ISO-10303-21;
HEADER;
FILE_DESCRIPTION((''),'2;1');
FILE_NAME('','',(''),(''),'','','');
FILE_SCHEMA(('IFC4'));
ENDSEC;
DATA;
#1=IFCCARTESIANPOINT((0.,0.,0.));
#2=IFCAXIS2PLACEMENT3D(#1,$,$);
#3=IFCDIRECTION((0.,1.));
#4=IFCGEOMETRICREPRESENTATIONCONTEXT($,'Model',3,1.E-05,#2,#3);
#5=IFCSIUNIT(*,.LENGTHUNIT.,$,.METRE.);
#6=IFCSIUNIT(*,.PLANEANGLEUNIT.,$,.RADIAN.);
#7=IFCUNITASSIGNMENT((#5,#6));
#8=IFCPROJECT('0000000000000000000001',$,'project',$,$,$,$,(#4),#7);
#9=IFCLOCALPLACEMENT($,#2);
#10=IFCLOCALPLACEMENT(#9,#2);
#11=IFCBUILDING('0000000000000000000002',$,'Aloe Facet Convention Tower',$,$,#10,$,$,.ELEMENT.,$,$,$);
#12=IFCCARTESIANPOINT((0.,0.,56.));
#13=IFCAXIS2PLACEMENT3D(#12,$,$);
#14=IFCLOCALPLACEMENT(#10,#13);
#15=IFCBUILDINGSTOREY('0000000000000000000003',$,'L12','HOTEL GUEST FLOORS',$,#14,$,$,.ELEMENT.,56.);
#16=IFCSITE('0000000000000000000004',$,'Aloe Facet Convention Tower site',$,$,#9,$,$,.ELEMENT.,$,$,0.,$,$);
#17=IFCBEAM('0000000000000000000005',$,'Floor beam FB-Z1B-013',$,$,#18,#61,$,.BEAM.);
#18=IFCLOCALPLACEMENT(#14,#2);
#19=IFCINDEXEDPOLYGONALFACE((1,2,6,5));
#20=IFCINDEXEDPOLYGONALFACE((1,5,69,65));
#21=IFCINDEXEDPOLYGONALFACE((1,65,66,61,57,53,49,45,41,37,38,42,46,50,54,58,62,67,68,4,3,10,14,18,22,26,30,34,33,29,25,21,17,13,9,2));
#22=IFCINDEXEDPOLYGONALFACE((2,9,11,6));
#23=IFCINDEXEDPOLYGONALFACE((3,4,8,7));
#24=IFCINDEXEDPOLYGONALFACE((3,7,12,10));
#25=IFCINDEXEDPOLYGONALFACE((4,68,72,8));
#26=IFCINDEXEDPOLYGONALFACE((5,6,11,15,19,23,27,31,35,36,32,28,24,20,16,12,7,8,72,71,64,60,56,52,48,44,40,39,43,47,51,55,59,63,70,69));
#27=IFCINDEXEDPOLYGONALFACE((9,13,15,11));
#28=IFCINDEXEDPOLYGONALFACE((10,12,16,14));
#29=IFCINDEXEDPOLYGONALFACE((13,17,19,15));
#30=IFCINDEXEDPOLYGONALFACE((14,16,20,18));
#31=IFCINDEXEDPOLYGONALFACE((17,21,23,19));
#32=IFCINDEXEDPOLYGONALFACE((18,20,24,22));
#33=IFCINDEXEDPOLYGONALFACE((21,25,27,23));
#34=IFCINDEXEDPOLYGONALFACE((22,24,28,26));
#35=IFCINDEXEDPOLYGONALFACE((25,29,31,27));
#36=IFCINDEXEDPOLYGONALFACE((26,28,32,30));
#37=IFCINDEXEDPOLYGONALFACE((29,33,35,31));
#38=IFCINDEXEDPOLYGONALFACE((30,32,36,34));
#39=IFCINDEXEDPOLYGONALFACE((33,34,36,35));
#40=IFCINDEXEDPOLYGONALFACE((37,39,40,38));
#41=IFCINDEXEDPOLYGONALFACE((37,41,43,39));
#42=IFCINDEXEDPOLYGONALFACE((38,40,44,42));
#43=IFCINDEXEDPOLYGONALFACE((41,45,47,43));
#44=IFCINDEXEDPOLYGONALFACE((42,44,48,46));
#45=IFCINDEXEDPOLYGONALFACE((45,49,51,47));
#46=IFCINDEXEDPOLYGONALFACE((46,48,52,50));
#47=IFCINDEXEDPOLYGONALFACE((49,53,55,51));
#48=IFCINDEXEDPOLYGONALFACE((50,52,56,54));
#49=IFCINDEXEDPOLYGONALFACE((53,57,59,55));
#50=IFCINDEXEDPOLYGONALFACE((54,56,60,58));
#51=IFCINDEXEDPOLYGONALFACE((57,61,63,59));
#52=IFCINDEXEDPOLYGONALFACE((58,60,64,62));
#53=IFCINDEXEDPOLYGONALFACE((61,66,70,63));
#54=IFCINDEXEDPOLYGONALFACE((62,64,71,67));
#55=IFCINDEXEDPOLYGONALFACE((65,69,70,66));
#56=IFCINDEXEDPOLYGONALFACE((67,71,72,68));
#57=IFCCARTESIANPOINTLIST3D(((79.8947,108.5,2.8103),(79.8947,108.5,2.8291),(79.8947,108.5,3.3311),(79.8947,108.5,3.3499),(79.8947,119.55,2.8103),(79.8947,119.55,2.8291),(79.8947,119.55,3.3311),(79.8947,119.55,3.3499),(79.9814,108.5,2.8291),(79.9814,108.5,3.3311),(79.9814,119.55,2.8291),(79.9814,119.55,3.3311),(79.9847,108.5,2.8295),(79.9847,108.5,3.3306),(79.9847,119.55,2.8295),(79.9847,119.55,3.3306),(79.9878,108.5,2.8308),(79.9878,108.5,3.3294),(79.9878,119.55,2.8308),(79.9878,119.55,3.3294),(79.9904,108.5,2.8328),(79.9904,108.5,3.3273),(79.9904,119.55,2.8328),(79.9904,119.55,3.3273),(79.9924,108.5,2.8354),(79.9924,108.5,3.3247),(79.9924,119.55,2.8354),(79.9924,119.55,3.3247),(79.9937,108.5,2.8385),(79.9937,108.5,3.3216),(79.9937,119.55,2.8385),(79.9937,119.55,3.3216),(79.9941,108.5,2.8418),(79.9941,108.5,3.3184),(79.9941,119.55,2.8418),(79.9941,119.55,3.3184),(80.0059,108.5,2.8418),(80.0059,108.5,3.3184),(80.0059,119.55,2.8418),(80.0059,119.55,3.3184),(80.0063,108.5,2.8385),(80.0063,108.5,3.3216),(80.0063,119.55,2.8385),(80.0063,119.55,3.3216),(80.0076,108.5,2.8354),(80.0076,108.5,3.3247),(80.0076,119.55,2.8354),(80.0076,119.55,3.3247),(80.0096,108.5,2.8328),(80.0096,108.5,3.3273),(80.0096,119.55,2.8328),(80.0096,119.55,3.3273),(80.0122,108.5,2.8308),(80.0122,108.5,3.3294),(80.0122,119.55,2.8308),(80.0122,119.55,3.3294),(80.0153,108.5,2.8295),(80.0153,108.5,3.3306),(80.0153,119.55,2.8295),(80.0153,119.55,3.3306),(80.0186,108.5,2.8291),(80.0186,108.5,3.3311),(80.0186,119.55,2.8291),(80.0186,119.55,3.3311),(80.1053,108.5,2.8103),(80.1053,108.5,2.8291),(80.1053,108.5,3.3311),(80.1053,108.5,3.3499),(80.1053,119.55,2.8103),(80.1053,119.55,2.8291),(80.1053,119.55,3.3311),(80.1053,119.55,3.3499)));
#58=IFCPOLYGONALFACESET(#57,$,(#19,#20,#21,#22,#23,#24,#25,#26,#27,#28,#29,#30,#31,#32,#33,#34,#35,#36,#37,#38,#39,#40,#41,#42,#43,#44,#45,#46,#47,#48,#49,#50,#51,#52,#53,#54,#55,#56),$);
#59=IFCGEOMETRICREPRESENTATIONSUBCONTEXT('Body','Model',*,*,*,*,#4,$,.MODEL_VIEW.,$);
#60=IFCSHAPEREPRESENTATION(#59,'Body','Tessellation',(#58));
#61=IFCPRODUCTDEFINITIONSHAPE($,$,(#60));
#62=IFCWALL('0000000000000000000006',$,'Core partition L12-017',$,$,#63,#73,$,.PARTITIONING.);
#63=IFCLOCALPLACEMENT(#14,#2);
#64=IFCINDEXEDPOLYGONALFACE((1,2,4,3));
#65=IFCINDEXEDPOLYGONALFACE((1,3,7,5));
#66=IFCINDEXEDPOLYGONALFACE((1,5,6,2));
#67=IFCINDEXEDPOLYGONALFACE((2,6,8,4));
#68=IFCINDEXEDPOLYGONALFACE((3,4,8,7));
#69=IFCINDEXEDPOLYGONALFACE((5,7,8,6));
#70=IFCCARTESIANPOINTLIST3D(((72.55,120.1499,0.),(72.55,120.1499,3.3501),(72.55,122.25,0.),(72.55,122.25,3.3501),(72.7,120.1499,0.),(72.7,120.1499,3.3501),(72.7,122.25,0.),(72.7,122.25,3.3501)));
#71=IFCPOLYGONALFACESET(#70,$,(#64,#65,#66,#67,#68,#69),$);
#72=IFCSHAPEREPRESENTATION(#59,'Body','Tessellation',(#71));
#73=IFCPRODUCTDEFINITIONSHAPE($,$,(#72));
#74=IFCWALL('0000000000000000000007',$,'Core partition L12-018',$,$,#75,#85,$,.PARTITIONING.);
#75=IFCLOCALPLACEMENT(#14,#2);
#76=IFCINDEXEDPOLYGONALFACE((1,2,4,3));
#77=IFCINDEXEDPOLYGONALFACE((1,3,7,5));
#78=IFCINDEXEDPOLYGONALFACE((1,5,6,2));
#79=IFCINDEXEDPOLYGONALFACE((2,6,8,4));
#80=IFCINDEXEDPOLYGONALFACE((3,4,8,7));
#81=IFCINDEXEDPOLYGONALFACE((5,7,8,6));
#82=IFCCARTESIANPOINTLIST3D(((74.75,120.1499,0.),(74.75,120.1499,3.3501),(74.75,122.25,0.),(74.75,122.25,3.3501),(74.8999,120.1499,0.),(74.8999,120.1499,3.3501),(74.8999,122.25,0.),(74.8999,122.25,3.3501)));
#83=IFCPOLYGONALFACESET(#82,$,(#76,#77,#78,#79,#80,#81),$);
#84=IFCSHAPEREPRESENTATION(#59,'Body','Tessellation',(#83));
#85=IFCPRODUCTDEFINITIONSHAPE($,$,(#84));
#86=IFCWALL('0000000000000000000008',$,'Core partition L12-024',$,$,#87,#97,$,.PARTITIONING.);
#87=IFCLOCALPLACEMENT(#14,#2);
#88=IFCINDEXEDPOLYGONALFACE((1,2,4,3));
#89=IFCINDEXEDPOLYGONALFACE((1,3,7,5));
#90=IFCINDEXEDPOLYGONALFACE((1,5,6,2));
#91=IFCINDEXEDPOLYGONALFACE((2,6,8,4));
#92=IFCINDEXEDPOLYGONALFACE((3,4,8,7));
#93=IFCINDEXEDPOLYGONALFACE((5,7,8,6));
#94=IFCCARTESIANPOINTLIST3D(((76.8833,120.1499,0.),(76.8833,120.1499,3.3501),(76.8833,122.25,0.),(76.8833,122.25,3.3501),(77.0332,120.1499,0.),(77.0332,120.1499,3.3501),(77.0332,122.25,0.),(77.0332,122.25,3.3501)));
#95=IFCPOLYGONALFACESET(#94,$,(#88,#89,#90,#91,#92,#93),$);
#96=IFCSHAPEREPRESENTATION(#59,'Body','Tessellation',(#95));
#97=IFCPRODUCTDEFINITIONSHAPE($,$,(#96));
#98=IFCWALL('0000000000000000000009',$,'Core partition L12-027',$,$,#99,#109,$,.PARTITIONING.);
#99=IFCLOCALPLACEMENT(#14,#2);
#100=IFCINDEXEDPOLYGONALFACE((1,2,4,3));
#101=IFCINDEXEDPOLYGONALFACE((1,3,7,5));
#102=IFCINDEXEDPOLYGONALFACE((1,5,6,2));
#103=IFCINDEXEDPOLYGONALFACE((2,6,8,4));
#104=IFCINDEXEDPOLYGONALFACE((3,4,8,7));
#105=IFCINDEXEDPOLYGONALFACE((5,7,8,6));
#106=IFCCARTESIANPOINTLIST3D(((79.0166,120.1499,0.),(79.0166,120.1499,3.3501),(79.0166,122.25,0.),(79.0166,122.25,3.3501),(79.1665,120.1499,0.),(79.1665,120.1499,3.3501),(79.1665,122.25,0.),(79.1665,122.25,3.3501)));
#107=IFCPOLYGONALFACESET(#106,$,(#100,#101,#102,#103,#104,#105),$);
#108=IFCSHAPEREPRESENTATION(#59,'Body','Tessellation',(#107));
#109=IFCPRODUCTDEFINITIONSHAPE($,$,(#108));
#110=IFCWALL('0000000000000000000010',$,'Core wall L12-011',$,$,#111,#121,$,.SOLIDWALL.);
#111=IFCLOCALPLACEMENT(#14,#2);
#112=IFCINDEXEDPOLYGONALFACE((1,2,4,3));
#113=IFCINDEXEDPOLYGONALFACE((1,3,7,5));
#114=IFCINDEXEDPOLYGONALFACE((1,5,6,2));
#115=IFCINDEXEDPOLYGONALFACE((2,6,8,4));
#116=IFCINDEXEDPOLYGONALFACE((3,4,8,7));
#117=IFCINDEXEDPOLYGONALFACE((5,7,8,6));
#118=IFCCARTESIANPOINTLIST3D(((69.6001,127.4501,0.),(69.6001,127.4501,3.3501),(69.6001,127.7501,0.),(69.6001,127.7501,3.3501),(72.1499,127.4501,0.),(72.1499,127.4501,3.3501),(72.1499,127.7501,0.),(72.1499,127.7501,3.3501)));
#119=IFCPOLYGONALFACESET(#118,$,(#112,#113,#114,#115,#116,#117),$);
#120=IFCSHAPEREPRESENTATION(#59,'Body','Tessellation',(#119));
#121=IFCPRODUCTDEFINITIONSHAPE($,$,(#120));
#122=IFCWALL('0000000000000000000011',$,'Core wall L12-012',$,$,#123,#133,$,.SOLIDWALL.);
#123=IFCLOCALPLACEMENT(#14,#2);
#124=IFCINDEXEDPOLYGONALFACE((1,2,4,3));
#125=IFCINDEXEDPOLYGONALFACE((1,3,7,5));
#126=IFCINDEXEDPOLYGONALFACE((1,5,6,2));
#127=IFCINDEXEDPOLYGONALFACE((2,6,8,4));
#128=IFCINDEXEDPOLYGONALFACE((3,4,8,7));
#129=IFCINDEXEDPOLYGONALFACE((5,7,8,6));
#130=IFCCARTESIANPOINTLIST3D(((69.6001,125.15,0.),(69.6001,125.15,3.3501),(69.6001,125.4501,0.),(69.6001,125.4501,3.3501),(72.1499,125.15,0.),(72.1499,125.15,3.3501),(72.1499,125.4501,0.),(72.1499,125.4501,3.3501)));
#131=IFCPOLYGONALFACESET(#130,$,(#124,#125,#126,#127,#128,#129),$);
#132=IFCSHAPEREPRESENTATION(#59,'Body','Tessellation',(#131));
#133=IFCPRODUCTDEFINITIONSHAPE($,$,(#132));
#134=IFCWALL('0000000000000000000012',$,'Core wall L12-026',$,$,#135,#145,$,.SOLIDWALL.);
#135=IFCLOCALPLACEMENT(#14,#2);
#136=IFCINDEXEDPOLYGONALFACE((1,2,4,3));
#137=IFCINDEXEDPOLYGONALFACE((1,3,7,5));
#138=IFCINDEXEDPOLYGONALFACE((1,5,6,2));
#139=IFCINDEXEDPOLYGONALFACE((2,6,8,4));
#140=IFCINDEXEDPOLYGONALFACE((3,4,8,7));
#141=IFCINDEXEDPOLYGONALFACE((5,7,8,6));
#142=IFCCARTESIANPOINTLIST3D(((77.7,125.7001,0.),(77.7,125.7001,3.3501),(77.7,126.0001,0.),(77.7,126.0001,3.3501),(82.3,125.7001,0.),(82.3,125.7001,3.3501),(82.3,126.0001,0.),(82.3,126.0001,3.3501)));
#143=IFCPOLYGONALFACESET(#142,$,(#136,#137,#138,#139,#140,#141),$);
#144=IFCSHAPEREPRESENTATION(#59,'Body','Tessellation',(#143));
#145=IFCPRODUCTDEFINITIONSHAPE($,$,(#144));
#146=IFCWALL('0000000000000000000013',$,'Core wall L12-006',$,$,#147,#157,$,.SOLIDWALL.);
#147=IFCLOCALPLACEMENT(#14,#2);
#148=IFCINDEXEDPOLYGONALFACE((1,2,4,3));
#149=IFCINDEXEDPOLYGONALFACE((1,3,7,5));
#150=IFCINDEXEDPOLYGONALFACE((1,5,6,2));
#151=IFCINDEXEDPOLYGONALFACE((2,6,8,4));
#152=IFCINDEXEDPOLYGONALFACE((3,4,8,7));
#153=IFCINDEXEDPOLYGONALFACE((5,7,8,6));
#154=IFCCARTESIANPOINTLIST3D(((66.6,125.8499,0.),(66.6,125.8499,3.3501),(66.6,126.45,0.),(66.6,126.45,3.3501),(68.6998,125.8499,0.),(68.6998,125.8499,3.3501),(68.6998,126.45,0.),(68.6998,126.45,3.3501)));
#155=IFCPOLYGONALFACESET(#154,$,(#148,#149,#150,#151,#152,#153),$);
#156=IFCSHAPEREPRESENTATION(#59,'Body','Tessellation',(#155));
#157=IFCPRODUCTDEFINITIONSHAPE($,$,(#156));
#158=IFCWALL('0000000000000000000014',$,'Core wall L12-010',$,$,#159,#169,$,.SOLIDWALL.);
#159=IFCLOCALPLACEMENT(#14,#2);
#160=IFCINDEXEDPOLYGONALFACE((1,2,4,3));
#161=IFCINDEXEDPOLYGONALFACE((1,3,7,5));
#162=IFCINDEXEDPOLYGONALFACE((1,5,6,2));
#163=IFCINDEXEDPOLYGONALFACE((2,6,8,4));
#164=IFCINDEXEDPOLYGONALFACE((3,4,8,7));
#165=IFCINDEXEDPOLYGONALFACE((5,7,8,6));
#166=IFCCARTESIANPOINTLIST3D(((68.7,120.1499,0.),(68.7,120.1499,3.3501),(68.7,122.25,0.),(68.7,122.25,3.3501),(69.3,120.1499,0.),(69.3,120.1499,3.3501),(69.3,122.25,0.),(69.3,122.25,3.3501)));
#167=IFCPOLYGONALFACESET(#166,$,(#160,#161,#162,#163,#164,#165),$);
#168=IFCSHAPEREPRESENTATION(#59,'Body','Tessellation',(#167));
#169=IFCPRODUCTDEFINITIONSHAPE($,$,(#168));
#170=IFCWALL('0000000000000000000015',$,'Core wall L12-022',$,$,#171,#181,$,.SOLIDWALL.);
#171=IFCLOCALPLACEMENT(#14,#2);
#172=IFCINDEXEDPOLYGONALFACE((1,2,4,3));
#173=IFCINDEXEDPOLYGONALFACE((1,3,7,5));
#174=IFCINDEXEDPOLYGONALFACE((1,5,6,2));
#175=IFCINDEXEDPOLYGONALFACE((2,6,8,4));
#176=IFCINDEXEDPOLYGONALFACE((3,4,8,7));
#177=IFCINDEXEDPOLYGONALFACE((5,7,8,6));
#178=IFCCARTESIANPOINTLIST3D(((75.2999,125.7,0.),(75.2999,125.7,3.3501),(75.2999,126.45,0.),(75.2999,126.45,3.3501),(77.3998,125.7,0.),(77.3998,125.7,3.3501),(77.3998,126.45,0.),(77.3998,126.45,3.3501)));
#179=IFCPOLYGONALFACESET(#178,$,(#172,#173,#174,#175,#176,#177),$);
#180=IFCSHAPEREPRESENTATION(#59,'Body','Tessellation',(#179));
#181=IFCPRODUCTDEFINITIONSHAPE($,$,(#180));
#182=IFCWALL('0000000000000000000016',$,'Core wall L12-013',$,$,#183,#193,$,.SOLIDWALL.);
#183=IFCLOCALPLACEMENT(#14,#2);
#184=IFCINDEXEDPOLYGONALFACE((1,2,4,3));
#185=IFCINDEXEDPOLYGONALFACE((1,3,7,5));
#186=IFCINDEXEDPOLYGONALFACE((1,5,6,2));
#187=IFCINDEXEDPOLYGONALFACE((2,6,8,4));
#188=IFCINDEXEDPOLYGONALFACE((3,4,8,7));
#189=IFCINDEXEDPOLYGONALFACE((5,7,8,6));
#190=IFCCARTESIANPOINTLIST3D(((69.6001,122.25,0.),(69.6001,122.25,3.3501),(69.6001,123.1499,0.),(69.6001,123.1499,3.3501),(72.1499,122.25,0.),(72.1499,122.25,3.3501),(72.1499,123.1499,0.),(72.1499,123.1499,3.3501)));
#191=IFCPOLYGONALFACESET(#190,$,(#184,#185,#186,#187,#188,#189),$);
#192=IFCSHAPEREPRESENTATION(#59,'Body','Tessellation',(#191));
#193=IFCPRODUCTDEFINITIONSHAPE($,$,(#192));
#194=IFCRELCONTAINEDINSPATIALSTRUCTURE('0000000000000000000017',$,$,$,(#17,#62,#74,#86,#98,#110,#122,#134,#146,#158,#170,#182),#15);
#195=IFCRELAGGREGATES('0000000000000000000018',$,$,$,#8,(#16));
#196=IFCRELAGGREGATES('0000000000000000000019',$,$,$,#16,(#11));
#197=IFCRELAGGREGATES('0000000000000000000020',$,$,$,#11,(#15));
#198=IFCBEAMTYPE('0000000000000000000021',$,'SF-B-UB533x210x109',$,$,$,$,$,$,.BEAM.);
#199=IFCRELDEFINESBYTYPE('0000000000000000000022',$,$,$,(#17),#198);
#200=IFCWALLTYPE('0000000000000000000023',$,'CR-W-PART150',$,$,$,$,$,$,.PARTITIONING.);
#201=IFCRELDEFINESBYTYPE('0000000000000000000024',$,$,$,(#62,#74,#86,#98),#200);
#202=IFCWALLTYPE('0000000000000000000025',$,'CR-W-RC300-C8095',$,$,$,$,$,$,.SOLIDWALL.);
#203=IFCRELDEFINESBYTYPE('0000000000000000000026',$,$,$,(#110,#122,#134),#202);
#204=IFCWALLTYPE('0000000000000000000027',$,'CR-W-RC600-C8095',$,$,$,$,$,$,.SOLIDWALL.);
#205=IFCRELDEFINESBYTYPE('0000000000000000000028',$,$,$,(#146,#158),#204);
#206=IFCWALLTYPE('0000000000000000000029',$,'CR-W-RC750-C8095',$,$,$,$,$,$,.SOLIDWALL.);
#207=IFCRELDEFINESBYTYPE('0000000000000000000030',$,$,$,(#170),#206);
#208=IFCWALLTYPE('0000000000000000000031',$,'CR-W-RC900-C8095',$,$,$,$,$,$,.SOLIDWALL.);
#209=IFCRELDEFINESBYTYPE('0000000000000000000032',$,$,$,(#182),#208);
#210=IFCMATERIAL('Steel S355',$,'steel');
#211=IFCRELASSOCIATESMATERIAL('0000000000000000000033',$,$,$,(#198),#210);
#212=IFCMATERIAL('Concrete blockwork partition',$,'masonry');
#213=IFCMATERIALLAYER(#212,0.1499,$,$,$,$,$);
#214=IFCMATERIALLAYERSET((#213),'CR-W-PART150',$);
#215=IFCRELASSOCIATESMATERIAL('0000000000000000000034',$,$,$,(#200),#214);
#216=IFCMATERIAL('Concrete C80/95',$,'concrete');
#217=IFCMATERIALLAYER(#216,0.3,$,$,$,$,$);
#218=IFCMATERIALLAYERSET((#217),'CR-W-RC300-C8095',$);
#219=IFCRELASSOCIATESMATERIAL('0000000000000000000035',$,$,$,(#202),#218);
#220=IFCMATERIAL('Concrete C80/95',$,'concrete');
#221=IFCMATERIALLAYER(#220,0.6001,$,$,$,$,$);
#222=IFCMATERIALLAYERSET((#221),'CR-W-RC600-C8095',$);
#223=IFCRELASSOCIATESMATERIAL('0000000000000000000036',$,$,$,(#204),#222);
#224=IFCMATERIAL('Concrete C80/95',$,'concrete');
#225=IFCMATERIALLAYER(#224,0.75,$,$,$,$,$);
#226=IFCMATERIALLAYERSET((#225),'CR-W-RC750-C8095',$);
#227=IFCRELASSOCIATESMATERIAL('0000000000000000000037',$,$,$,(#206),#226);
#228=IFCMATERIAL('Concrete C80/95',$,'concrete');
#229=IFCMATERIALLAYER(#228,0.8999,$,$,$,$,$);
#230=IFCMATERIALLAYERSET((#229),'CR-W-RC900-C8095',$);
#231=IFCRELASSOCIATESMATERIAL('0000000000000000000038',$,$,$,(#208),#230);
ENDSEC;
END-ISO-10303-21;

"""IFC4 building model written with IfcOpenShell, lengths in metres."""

from ifc_helpers import new_model, si_unit, direction, frame, frame_2d, origin, origin_2d, place, context, subcontext, project, spatial, rectangle, i_section, extrude, material, layer, layer_set, material_profile, profile_set, type_object, element, save


model = new_model("IFC4")

# Units and contexts
model_context = context("Model", 3, precision=1e-05, world=origin(), true_north=direction((0.0, 1.0)))
body_context = subcontext(model_context, "Body", "Model", "MODEL_VIEW")
ifc_project = project(units=[si_unit("LENGTHUNIT", "METRE"), si_unit("PLANEANGLEUNIT", "RADIAN")], contexts=[model_context])

# Site, building, storey
site_placement = place(None, origin())
site = spatial("IfcSite", under=ifc_project, at=site_placement, Name="Aloe Facet Convention Tower site", CompositionType="ELEMENT", RefElevation=0.0)
building_placement = place(site_placement, origin())
building = spatial("IfcBuilding", under=site, at=building_placement, Name="Aloe Facet Convention Tower", CompositionType="ELEMENT")
storey_placement = place(building_placement, frame((0.0, 0.0, 56.0)))
storey = spatial("IfcBuildingStorey", under=building, at=storey_placement, Name="L12", Description="HOTEL GUEST FLOORS", CompositionType="ELEMENT", Elevation=56.0)

# Beam
ifc_material_1 = material(Name="Steel S355", Category="steel")
ifc_material_profile = material_profile(ifc_material_1, i_section(OverallWidth=0.2107, OverallDepth=0.5396, WebThickness=0.0117, FlangeThickness=0.0188, FilletRadius=0.0127, at=origin_2d()), Name="UB 533x210x109")
ifc_profile_set = profile_set([ifc_material_profile], Name="Steel S355")
beam_type = type_object("IfcBeamType", Name="SF-B-UB533x210x109", PredefinedType="BEAM", material=ifc_profile_set)
beam_placement = place(storey_placement, frame((80.0, 119.55, 3.0801), z_axis=(0.0, -1.0, 0.0), x_axis=(1.0, 0.0, 0.0)))
element("IfcBeam", 1, at=beam_placement, inside=storey, type_object=beam_type, Name="Floor beam FB-Z1B-013", PredefinedType="BEAM", context=body_context, shape_type="SweptSolid", body=[
    extrude(i_section(OverallWidth=0.2107, OverallDepth=0.5396, WebThickness=0.0117, FlangeThickness=0.0188, FilletRadius=0.0127, at=origin_2d()), origin(), (0.0, 0.0, 1.0), 11.05),
])

# Walls
ifc_material_2 = material(Name="Concrete blockwork partition", Category="masonry")
ifc_layer_1 = layer(ifc_material_2, 0.1499)
ifc_layer_set_1 = layer_set([ifc_layer_1], Name="CR-W-PART150")
wall_type_1 = type_object("IfcWallType", Name="CR-W-PART150", PredefinedType="PARTITIONING", material=ifc_layer_set_1)
for number, where, z_axis, x_axis, name in (
    (2, (72.625, 122.25, 0.0), (0.0, 0.0, 1.0), (0.0, -1.0, 0.0), "Core partition L12-017"),
    (3, (74.825, 122.25, 0.0), (0.0, 0.0, 1.0), (0.0, -1.0, 0.0), "Core partition L12-018"),
    (4, (76.9583, 122.25, 0.0), (0.0, 0.0, 1.0), (0.0, -1.0, 0.0), "Core partition L12-024"),
    (5, (79.0916, 122.25, 0.0), (0.0, 0.0, 1.0), (0.0, -1.0, 0.0), "Core partition L12-027"),
):
    element("IfcWall", number, at=place(storey_placement, frame(where, z_axis=z_axis, x_axis=x_axis)), inside=storey, type_object=wall_type_1, Name=name, PredefinedType="PARTITIONING", context=body_context, shape_type="SweptSolid", body=[
        extrude(rectangle(XDim=2.1001, YDim=0.1499, at=frame_2d((1.05, 0.0))), origin(), (0.0, 0.0, 1.0), 3.3501),
    ])
ifc_material_3 = material(Name="Concrete C80/95", Category="concrete")
ifc_layer_2 = layer(ifc_material_3, 0.3)
ifc_layer_set_2 = layer_set([ifc_layer_2], Name="CR-W-RC300-C8095")
wall_type_2 = type_object("IfcWallType", Name="CR-W-RC300-C8095", PredefinedType="SOLIDWALL", material=ifc_layer_set_2)
for number, where, z_axis, x_axis, name in (
    (6, (69.6001, 127.6001, 0.0), (0.0, 0.0, 1.0), (1.0, 0.0, 0.0), "Core wall L12-011"),
    (7, (69.6001, 125.3, 0.0), (0.0, 0.0, 1.0), (1.0, 0.0, 0.0), "Core wall L12-012"),
):
    element("IfcWall", number, at=place(storey_placement, frame(where, z_axis=z_axis, x_axis=x_axis)), inside=storey, type_object=wall_type_2, Name=name, PredefinedType="SOLIDWALL", context=body_context, shape_type="SweptSolid", body=[
        extrude(rectangle(XDim=2.5498, YDim=0.3, at=frame_2d((1.2749, 0.0))), origin(), (0.0, 0.0, 1.0), 3.3501),
    ])
wall_1_placement = place(storey_placement, frame((77.7, 125.8501, 0.0), z_axis=(0.0, 0.0, 1.0), x_axis=(1.0, 0.0, 0.0)))
element("IfcWall", 8, at=wall_1_placement, inside=storey, type_object=wall_type_2, Name="Core wall L12-026", PredefinedType="SOLIDWALL", context=body_context, shape_type="SweptSolid", body=[
    extrude(rectangle(XDim=4.6001, YDim=0.3, at=frame_2d((2.3, 0.0))), origin(), (0.0, 0.0, 1.0), 3.3501),
])
ifc_material_4 = material(Name="Concrete C80/95", Category="concrete")
ifc_layer_3 = layer(ifc_material_4, 0.6001)
ifc_layer_set_3 = layer_set([ifc_layer_3], Name="CR-W-RC600-C8095")
wall_type_3 = type_object("IfcWallType", Name="CR-W-RC600-C8095", PredefinedType="SOLIDWALL", material=ifc_layer_set_3)
wall_2_placement = place(storey_placement, frame((66.6001, 126.1499, 0.0), z_axis=(0.0, 0.0, 1.0), x_axis=(1.0, 0.0, 0.0)))
element("IfcWall", 9, at=wall_2_placement, inside=storey, type_object=wall_type_3, Name="Core wall L12-006", PredefinedType="SOLIDWALL", context=body_context, shape_type="SweptSolid", body=[
    extrude(rectangle(XDim=2.0999, YDim=0.6001, at=frame_2d((1.0498, 0.0))), origin(), (0.0, 0.0, 1.0), 3.3501),
])
wall_3_placement = place(storey_placement, frame((69.0, 122.25, 0.0), z_axis=(0.0, 0.0, 1.0), x_axis=(0.0, -1.0, 0.0)))
element("IfcWall", 10, at=wall_3_placement, inside=storey, type_object=wall_type_3, Name="Core wall L12-010", PredefinedType="SOLIDWALL", context=body_context, shape_type="SweptSolid", body=[
    extrude(rectangle(XDim=2.1001, YDim=0.6001, at=frame_2d((1.05, 0.0))), origin(), (0.0, 0.0, 1.0), 3.3501),
])
ifc_material_5 = material(Name="Concrete C80/95", Category="concrete")
ifc_layer_4 = layer(ifc_material_5, 0.75)
ifc_layer_set_4 = layer_set([ifc_layer_4], Name="CR-W-RC750-C8095")
wall_type_4 = type_object("IfcWallType", Name="CR-W-RC750-C8095", PredefinedType="SOLIDWALL", material=ifc_layer_set_4)
wall_4_placement = place(storey_placement, frame((75.3, 126.075, 0.0), z_axis=(0.0, 0.0, 1.0), x_axis=(1.0, 0.0, 0.0)))
element("IfcWall", 11, at=wall_4_placement, inside=storey, type_object=wall_type_4, Name="Core wall L12-022", PredefinedType="SOLIDWALL", context=body_context, shape_type="SweptSolid", body=[
    extrude(rectangle(XDim=2.0999, YDim=0.75, at=frame_2d((1.0498, 0.0))), origin(), (0.0, 0.0, 1.0), 3.3501),
])
ifc_material_6 = material(Name="Concrete C80/95", Category="concrete")
ifc_layer_5 = layer(ifc_material_6, 0.8999)
ifc_layer_set_5 = layer_set([ifc_layer_5], Name="CR-W-RC900-C8095")
wall_type_5 = type_object("IfcWallType", Name="CR-W-RC900-C8095", PredefinedType="SOLIDWALL", material=ifc_layer_set_5)
wall_5_placement = place(storey_placement, frame((69.6001, 122.7, 0.0), z_axis=(0.0, 0.0, 1.0), x_axis=(1.0, 0.0, 0.0)))
element("IfcWall", 12, at=wall_5_placement, inside=storey, type_object=wall_type_5, Name="Core wall L12-013", PredefinedType="SOLIDWALL", context=body_context, shape_type="SweptSolid", body=[
    extrude(rectangle(XDim=2.5498, YDim=0.8999, at=frame_2d((1.2749, 0.0))), origin(), (0.0, 0.0, 1.0), 3.3501),
])

save(model, "model.ifc")
